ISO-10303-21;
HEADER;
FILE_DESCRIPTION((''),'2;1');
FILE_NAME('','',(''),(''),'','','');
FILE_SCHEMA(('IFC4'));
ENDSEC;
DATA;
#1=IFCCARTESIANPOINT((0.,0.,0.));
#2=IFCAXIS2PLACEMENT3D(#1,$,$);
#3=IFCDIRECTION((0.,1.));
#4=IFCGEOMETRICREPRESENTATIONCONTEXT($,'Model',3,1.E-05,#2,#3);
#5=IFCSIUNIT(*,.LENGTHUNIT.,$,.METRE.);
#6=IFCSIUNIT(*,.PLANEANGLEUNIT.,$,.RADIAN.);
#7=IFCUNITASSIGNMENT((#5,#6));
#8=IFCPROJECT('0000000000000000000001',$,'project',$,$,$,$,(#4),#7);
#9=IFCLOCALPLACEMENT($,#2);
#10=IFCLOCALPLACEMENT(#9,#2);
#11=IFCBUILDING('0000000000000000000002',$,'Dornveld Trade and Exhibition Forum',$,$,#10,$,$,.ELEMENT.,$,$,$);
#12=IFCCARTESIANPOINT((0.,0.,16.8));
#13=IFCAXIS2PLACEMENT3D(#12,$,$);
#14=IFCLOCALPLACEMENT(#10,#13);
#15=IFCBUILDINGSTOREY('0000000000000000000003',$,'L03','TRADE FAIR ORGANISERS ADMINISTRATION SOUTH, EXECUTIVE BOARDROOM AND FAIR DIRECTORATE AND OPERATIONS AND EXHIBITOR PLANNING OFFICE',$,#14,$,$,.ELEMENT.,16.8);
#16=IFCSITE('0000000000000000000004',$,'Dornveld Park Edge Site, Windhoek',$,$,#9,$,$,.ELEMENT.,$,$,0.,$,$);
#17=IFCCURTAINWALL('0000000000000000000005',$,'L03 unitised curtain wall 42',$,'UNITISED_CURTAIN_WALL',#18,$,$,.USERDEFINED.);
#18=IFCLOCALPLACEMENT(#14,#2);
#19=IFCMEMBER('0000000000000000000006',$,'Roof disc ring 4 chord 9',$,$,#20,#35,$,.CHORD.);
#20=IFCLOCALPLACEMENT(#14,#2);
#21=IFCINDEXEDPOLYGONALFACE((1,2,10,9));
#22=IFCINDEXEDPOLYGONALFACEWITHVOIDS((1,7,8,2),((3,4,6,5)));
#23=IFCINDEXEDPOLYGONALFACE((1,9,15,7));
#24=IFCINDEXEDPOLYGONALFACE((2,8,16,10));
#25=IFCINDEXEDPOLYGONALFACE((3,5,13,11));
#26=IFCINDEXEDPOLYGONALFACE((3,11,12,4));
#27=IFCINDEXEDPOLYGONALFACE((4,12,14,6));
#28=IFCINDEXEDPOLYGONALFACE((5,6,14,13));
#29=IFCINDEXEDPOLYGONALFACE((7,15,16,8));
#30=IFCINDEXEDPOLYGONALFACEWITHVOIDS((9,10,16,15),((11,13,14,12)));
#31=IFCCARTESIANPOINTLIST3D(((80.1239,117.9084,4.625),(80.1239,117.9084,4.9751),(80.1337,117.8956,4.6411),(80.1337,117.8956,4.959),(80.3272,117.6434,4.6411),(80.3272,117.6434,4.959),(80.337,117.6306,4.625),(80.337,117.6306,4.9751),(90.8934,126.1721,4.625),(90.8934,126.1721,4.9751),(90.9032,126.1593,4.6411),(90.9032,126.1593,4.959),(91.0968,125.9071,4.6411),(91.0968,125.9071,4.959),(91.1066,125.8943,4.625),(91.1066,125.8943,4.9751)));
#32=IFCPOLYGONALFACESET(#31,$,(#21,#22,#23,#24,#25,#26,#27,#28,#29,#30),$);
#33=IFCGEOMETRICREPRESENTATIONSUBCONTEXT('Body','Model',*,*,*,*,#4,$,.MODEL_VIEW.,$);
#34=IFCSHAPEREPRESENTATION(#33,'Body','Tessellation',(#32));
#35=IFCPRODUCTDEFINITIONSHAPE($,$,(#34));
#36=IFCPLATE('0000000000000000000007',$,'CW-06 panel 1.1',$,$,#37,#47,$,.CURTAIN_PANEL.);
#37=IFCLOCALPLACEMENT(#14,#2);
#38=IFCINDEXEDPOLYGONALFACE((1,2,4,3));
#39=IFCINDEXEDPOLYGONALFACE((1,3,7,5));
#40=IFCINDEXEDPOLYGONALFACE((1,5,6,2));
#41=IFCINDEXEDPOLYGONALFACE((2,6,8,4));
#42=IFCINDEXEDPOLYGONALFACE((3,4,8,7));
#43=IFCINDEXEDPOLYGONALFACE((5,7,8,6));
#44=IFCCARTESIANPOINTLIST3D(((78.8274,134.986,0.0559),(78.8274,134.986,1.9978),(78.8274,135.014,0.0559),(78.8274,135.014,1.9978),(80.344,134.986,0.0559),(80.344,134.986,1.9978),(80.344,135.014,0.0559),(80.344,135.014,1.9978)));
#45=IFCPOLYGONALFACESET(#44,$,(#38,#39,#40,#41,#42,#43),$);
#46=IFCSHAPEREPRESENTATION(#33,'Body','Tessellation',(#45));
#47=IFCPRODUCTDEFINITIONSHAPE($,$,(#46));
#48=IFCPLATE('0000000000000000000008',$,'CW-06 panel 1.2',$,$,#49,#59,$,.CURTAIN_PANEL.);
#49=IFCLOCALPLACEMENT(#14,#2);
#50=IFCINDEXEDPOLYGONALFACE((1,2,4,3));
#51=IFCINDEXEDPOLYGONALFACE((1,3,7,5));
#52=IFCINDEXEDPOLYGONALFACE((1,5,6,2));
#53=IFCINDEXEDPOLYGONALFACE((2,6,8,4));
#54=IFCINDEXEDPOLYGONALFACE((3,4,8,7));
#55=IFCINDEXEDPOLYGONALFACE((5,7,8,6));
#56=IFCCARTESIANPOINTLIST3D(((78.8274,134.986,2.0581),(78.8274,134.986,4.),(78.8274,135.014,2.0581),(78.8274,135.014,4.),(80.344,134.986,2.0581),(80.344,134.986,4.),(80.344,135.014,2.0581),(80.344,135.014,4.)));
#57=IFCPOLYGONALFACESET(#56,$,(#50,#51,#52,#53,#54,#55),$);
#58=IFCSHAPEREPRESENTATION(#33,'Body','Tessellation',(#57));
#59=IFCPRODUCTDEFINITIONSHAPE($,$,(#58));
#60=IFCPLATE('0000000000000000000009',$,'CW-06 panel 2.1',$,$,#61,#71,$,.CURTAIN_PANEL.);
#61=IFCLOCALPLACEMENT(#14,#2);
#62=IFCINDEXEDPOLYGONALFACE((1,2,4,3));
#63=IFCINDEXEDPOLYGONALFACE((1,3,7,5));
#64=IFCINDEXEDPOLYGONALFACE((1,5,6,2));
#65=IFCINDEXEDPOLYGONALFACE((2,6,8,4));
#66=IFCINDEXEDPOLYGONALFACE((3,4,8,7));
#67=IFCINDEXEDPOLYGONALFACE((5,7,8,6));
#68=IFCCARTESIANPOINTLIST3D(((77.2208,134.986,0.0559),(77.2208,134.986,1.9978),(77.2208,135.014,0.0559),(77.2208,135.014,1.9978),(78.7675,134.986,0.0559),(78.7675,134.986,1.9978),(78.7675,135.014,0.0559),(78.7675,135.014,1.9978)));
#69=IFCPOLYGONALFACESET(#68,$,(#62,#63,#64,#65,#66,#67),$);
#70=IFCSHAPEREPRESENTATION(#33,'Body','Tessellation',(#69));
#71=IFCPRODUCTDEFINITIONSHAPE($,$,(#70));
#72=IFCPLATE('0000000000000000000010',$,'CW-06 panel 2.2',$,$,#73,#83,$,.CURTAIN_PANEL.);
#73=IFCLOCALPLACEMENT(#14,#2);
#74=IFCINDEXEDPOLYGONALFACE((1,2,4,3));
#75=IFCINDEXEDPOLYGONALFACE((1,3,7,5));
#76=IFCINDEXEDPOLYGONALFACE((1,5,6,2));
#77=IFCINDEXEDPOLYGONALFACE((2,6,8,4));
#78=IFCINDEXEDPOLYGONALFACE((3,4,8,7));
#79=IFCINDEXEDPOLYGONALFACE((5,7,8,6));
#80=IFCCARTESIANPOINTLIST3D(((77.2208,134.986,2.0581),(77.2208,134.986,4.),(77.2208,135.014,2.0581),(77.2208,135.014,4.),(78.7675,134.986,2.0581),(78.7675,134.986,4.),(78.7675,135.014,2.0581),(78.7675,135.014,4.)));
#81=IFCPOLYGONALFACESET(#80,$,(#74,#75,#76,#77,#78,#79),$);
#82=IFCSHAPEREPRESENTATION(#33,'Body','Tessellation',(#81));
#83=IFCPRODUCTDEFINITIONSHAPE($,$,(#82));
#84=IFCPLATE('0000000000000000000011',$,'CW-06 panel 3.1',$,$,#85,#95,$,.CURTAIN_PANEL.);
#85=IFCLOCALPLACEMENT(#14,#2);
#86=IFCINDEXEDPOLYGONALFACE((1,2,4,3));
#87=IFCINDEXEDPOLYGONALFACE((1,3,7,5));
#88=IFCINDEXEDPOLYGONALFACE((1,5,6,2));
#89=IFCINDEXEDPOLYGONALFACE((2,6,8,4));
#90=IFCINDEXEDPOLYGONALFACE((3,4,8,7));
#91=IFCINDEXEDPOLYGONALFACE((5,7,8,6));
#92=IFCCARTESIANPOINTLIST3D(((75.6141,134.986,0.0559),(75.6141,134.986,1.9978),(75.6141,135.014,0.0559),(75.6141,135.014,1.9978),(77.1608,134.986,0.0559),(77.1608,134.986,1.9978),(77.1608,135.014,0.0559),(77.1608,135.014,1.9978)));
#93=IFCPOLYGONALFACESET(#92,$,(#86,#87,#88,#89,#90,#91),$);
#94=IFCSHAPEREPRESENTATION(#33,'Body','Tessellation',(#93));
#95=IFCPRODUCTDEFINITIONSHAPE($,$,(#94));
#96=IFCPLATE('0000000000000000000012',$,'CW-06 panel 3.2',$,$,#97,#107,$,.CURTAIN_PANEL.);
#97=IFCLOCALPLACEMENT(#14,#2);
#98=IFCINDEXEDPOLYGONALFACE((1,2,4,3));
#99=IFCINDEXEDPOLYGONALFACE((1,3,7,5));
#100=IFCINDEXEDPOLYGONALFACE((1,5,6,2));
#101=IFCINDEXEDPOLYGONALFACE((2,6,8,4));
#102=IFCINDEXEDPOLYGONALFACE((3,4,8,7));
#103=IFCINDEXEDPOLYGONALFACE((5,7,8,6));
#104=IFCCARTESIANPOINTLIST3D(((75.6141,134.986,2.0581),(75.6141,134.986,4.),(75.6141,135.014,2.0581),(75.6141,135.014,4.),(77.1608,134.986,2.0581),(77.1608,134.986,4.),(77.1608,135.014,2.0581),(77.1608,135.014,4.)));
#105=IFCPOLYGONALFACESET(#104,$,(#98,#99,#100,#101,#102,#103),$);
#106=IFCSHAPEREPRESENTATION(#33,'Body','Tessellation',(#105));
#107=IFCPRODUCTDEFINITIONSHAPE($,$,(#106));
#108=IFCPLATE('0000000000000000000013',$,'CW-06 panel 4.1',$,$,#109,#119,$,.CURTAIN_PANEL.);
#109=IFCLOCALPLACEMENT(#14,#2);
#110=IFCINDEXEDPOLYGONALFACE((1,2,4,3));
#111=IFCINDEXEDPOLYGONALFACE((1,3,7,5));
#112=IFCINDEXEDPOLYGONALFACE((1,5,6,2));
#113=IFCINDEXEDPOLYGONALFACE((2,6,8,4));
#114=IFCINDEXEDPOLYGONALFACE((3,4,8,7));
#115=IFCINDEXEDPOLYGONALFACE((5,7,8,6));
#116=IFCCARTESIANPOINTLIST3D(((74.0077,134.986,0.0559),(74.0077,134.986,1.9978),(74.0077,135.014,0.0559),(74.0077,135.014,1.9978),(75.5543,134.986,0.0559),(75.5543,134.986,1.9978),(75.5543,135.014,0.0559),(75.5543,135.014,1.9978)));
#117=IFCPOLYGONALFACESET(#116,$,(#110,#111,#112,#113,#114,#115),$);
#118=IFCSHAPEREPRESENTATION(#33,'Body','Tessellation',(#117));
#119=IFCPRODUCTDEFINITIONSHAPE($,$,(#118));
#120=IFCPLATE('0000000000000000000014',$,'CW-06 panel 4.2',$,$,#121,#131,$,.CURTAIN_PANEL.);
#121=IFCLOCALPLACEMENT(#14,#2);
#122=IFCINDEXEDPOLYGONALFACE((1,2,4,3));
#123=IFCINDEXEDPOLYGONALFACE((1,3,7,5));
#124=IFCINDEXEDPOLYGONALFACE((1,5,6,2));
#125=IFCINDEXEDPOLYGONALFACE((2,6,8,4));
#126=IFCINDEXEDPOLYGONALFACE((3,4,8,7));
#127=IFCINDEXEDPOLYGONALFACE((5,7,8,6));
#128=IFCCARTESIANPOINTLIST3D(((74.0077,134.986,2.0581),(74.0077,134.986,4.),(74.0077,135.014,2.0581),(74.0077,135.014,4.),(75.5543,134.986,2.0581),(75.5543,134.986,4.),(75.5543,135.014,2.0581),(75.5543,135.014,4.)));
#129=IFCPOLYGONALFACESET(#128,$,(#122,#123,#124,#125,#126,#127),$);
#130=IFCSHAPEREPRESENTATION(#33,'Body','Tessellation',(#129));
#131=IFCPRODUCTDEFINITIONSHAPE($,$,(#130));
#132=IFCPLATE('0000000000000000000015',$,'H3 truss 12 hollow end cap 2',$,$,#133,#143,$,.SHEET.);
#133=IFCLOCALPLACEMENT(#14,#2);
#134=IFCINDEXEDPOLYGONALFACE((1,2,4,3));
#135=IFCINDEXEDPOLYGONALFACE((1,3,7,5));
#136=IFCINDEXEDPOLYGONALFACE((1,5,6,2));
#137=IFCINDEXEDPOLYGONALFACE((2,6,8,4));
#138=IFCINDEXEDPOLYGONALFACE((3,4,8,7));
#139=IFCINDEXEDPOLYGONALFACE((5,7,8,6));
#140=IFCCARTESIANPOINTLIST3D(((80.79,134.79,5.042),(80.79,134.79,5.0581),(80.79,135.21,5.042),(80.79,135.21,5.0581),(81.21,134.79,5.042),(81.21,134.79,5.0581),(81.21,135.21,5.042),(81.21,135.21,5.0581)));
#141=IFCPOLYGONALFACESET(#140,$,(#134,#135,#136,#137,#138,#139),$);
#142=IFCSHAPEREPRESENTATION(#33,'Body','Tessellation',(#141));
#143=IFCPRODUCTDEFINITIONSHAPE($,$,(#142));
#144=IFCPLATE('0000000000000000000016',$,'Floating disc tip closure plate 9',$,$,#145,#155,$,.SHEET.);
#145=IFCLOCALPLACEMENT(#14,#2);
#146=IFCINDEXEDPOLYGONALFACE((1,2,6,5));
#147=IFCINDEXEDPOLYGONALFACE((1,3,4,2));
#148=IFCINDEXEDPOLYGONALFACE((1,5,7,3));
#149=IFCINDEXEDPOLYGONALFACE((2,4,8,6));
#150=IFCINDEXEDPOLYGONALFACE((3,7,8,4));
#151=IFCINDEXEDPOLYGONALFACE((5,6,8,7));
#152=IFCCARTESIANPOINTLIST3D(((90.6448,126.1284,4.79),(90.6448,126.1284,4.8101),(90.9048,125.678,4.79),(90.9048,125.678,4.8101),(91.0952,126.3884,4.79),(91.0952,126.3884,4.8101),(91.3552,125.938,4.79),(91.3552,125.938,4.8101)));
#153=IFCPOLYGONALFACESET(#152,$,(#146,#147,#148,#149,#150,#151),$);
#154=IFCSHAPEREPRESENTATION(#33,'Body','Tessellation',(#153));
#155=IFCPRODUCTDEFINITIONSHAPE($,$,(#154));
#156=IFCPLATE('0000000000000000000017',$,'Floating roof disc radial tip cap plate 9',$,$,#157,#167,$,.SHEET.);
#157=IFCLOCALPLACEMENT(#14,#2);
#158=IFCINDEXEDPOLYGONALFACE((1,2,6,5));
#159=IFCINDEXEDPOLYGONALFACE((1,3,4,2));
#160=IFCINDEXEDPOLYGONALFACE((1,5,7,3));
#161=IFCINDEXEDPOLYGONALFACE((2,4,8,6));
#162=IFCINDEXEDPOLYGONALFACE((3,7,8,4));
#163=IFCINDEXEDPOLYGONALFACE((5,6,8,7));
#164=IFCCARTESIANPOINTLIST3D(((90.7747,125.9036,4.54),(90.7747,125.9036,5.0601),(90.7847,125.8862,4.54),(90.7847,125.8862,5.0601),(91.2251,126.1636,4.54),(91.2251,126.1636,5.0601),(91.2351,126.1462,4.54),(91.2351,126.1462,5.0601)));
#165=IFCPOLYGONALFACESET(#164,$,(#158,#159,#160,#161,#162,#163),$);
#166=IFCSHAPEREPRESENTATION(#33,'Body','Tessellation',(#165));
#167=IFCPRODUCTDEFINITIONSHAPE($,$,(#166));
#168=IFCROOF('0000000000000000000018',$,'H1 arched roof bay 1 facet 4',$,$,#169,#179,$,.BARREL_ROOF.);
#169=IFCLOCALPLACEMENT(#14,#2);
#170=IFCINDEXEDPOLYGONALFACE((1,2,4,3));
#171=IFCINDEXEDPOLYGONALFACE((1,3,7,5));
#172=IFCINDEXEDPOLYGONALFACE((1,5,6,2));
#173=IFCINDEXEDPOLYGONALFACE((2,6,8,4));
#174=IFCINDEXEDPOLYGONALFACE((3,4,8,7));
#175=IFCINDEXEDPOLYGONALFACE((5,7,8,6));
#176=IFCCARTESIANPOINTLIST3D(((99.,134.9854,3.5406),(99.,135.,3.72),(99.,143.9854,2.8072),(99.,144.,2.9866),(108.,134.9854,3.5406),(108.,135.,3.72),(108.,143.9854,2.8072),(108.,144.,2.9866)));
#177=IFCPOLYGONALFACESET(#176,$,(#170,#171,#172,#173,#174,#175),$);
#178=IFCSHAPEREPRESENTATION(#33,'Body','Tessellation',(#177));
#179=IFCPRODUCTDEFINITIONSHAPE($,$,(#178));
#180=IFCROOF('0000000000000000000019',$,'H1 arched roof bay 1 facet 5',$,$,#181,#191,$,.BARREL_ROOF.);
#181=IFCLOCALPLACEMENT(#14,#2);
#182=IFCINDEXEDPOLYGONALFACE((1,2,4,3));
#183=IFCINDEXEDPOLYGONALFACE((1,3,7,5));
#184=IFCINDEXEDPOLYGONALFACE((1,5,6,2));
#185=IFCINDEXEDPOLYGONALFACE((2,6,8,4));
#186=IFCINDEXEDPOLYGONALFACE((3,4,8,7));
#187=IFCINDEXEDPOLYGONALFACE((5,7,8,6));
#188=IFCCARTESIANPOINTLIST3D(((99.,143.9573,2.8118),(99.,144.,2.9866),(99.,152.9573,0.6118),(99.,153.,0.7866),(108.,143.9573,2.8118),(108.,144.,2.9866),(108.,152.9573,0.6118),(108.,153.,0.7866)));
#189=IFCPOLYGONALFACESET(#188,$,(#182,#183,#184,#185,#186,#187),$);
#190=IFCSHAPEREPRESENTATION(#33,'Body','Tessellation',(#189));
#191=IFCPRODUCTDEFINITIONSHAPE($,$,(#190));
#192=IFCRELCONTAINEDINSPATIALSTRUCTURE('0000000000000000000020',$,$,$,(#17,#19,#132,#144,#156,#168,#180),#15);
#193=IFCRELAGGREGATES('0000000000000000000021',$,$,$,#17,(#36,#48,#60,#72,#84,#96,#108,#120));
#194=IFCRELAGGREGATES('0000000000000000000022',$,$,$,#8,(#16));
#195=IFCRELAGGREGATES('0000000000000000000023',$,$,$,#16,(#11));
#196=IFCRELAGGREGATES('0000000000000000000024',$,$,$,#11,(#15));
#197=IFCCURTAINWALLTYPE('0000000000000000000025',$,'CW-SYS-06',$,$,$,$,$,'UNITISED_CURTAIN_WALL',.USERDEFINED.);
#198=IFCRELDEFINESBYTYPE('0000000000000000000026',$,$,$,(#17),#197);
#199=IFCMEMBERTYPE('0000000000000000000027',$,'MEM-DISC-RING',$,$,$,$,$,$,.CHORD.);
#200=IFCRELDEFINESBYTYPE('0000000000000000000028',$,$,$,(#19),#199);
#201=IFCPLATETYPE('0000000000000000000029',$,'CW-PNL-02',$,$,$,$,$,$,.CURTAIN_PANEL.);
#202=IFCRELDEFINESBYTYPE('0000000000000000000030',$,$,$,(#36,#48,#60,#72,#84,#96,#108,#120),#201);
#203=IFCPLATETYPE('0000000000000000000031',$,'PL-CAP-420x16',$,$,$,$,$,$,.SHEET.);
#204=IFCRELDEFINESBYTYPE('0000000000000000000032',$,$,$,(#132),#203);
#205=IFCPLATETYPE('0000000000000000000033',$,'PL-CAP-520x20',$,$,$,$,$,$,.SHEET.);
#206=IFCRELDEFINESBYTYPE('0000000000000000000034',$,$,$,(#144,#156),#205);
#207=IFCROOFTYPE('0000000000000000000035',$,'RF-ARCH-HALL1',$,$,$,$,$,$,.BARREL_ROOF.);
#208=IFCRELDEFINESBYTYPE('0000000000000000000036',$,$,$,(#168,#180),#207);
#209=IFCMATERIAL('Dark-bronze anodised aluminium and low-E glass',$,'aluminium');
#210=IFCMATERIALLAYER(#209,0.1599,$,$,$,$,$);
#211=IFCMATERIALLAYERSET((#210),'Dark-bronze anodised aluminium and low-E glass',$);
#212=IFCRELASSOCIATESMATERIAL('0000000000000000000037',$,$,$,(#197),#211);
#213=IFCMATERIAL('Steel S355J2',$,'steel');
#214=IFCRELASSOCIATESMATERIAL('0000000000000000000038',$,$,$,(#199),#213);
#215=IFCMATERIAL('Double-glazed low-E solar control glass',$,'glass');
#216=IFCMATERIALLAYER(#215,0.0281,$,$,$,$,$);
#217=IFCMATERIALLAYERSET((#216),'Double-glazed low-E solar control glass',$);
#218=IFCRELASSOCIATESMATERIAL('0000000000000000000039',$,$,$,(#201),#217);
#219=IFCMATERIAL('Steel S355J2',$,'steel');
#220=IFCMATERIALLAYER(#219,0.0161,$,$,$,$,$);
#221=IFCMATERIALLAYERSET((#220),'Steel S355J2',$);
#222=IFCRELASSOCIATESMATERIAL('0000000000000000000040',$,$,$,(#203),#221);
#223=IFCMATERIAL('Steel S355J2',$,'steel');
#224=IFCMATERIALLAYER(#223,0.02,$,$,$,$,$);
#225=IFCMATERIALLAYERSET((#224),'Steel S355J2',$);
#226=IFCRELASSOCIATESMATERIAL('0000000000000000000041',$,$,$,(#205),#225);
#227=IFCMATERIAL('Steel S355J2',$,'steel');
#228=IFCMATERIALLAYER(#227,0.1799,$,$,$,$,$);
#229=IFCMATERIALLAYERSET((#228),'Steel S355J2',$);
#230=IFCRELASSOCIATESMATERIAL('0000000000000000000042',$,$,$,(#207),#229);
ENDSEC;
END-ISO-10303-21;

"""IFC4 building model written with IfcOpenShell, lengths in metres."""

from ifc_helpers import new_model, si_unit, direction, frame, origin, origin_2d, place, context, subcontext, project, spatial, polyline, rectangle, hollow_rectangle, outline, extrude, material, layer, layer_set, material_profile, profile_set, type_object, element, aggregate, save


model = new_model("IFC4")

# Units and contexts
model_context = context("Model", 3, precision=1e-05, world=origin(), true_north=direction((0.0, 1.0)))
body_context = subcontext(model_context, "Body", "Model", "MODEL_VIEW")
ifc_project = project(units=[si_unit("LENGTHUNIT", "METRE"), si_unit("PLANEANGLEUNIT", "RADIAN")], contexts=[model_context])

# Site, building, storey
site_placement = place(None, origin())
site = spatial("IfcSite", under=ifc_project, at=site_placement, Name="Dornveld Park Edge Site, Windhoek", CompositionType="ELEMENT", RefElevation=0.0)
building_placement = place(site_placement, origin())
building = spatial("IfcBuilding", under=site, at=building_placement, Name="Dornveld Trade and Exhibition Forum", CompositionType="ELEMENT")
storey_placement = place(building_placement, frame((0.0, 0.0, 16.8)))
storey = spatial("IfcBuildingStorey", under=building, at=storey_placement, Name="L03", Description="TRADE FAIR ORGANISERS ADMINISTRATION SOUTH, EXECUTIVE BOARDROOM AND FAIR DIRECTORATE AND OPERATIONS AND EXHIBITOR PLANNING OFFICE", CompositionType="ELEMENT", Elevation=16.8)

# Curtain wall
ifc_material_1 = material(Name="Dark-bronze anodised aluminium and low-E glass", Category="aluminium")
ifc_layer_1 = layer(ifc_material_1, 0.1599)
ifc_layer_set_1 = layer_set([ifc_layer_1], Name="Dark-bronze anodised aluminium and low-E glass")
curtain_wall_type = type_object("IfcCurtainWallType", Name="CW-SYS-06", ElementType="UNITISED_CURTAIN_WALL", PredefinedType="USERDEFINED", material=ifc_layer_set_1)
curtain_wall_placement = place(storey_placement, origin())
curtain_wall = element("IfcCurtainWall", 1, at=curtain_wall_placement, inside=storey, type_object=curtain_wall_type, Name="L03 unitised curtain wall 42", ObjectType="UNITISED_CURTAIN_WALL", PredefinedType="USERDEFINED")

# Member
ifc_material_2 = material(Name="Steel S355J2", Category="steel")
ifc_material_profile_1 = material_profile(ifc_material_2, hollow_rectangle(XDim=0.3501, YDim=0.3501, WallThickness=0.0161, at=origin_2d()), Name="SHS 350x350x16")
ifc_profile_set_1 = profile_set([ifc_material_profile_1], Name="Steel S355J2")
member_type_1 = type_object("IfcMemberType", Name="MEM-DISC-RING", PredefinedType="CHORD", material=ifc_profile_set_1)
member_1_placement = place(storey_placement, frame((91.0, 126.0332, 4.8), z_axis=(-0.793356, -0.608758, 0.0), x_axis=(0.608758, -0.793356, 0.0)))
element("IfcMember", 2, at=member_1_placement, inside=storey, type_object=member_type_1, Name="Roof disc ring 4 chord 9", PredefinedType="CHORD", context=body_context, shape_type="SweptSolid", body=[
    extrude(hollow_rectangle(XDim=0.3501, YDim=0.3501, WallThickness=0.0161, at=origin_2d()), origin(), (0.0, 0.0, 1.0), 13.5747),
])

# Plates
ifc_material_3 = material(Name="Double-glazed low-E solar control glass", Category="glass")
ifc_layer_2 = layer(ifc_material_3, 0.0281)
ifc_layer_set_2 = layer_set([ifc_layer_2], Name="Double-glazed low-E solar control glass")
plate_type_1 = type_object("IfcPlateType", Name="CW-PNL-02", PredefinedType="CURTAIN_PANEL", material=ifc_layer_set_2)
plate_1_placement = place(storey_placement, frame((79.5857, 135.0, 0.0559), z_axis=(0.0, 0.0, 1.0), x_axis=(-1.0, 0.0, 0.0)))
plate_1 = element("IfcPlate", 3, at=plate_1_placement, type_object=plate_type_1, Name="CW-06 panel 1.1", PredefinedType="CURTAIN_PANEL", context=body_context, shape_type="SweptSolid", body=[
    extrude(rectangle(XDim=1.5166, YDim=0.0281, at=origin_2d()), origin(), (0.0, 0.0, 1.0), 1.9419),
])
plate_2_placement = place(storey_placement, frame((79.5857, 135.0, 2.0581), z_axis=(0.0, 0.0, 1.0), x_axis=(-1.0, 0.0, 0.0)))
plate_2 = element("IfcPlate", 4, at=plate_2_placement, type_object=plate_type_1, Name="CW-06 panel 1.2", PredefinedType="CURTAIN_PANEL", context=body_context, shape_type="SweptSolid", body=[
    extrude(rectangle(XDim=1.5166, YDim=0.0281, at=origin_2d()), origin(), (0.0, 0.0, 1.0), 1.9419),
])
plate_3_placement = place(storey_placement, frame((77.9941, 135.0, 0.0559), z_axis=(0.0, 0.0, 1.0), x_axis=(-1.0, 0.0, 0.0)))
plate_3 = element("IfcPlate", 5, at=plate_3_placement, type_object=plate_type_1, Name="CW-06 panel 2.1", PredefinedType="CURTAIN_PANEL", context=body_context, shape_type="SweptSolid", body=[
    extrude(rectangle(XDim=1.5466, YDim=0.0281, at=origin_2d()), origin(), (0.0, 0.0, 1.0), 1.9419),
])
plate_4_placement = place(storey_placement, frame((77.9941, 135.0, 2.0581), z_axis=(0.0, 0.0, 1.0), x_axis=(-1.0, 0.0, 0.0)))
plate_4 = element("IfcPlate", 6, at=plate_4_placement, type_object=plate_type_1, Name="CW-06 panel 2.2", PredefinedType="CURTAIN_PANEL", context=body_context, shape_type="SweptSolid", body=[
    extrude(rectangle(XDim=1.5466, YDim=0.0281, at=origin_2d()), origin(), (0.0, 0.0, 1.0), 1.9419),
])
plate_5_placement = place(storey_placement, frame((76.3875, 135.0, 0.0559), z_axis=(0.0, 0.0, 1.0), x_axis=(-1.0, 0.0, 0.0)))
plate_5 = element("IfcPlate", 7, at=plate_5_placement, type_object=plate_type_1, Name="CW-06 panel 3.1", PredefinedType="CURTAIN_PANEL", context=body_context, shape_type="SweptSolid", body=[
    extrude(rectangle(XDim=1.5466, YDim=0.0281, at=origin_2d()), origin(), (0.0, 0.0, 1.0), 1.9419),
])
plate_6_placement = place(storey_placement, frame((76.3875, 135.0, 2.0581), z_axis=(0.0, 0.0, 1.0), x_axis=(-1.0, 0.0, 0.0)))
plate_6 = element("IfcPlate", 8, at=plate_6_placement, type_object=plate_type_1, Name="CW-06 panel 3.2", PredefinedType="CURTAIN_PANEL", context=body_context, shape_type="SweptSolid", body=[
    extrude(rectangle(XDim=1.5466, YDim=0.0281, at=origin_2d()), origin(), (0.0, 0.0, 1.0), 1.9419),
])
plate_7_placement = place(storey_placement, frame((74.781, 135.0, 0.0559), z_axis=(0.0, 0.0, 1.0), x_axis=(-1.0, 0.0, 0.0)))
plate_7 = element("IfcPlate", 9, at=plate_7_placement, type_object=plate_type_1, Name="CW-06 panel 4.1", PredefinedType="CURTAIN_PANEL", context=body_context, shape_type="SweptSolid", body=[
    extrude(rectangle(XDim=1.5466, YDim=0.0281, at=origin_2d()), origin(), (0.0, 0.0, 1.0), 1.9419),
])
plate_8_placement = place(storey_placement, frame((74.781, 135.0, 2.0581), z_axis=(0.0, 0.0, 1.0), x_axis=(-1.0, 0.0, 0.0)))
plate_8 = element("IfcPlate", 10, at=plate_8_placement, type_object=plate_type_1, Name="CW-06 panel 4.2", PredefinedType="CURTAIN_PANEL", context=body_context, shape_type="SweptSolid", body=[
    extrude(rectangle(XDim=1.5466, YDim=0.0281, at=origin_2d()), origin(), (0.0, 0.0, 1.0), 1.9419),
])
aggregate(curtain_wall, [plate_1, plate_2, plate_3, plate_4, plate_5, plate_6, plate_7, plate_8])

# Plates
ifc_material_4 = material(Name="Steel S355J2", Category="steel")
ifc_layer_3 = layer(ifc_material_4, 0.0161)
ifc_layer_set_3 = layer_set([ifc_layer_3], Name="Steel S355J2")
plate_type_2 = type_object("IfcPlateType", Name="PL-CAP-420x16", PredefinedType="SHEET", material=ifc_layer_set_3)
plate_9_placement = place(storey_placement, frame((81.0, 135.0, 5.042), z_axis=(0.0, 0.0, 1.0), x_axis=(1.0, 0.0, 0.0)))
element("IfcPlate", 11, at=plate_9_placement, inside=storey, type_object=plate_type_2, Name="H3 truss 12 hollow end cap 2", PredefinedType="SHEET", context=body_context, shape_type="SweptSolid", body=[
    extrude(rectangle(XDim=0.4199, YDim=0.4199, at=origin_2d()), origin(), (0.0, 0.0, 1.0), 0.0161),
])
ifc_material_5 = material(Name="Steel S355J2", Category="steel")
ifc_layer_4 = layer(ifc_material_5, 0.02)
ifc_layer_set_4 = layer_set([ifc_layer_4], Name="Steel S355J2")
plate_type_3 = type_object("IfcPlateType", Name="PL-CAP-520x20", PredefinedType="SHEET", material=ifc_layer_set_4)
plate_10_placement = place(storey_placement, frame((91.0, 126.0332, 4.79), z_axis=(0.0, 0.0, 1.0), x_axis=(-0.5, 0.866025, 0.0)))
element("IfcPlate", 12, at=plate_10_placement, inside=storey, type_object=plate_type_3, Name="Floating disc tip closure plate 9", PredefinedType="SHEET", context=body_context, shape_type="SweptSolid", body=[
    extrude(rectangle(XDim=0.52, YDim=0.52, at=origin_2d()), origin(), (0.0, 0.0, 1.0), 0.02),
])
plate_11_placement = place(storey_placement, frame((91.0049, 126.0249, 4.54), z_axis=(0.0, 0.0, 1.0), x_axis=(-0.5, 0.866025, 0.0)))
element("IfcPlate", 13, at=plate_11_placement, inside=storey, type_object=plate_type_3, Name="Floating roof disc radial tip cap plate 9", PredefinedType="SHEET", context=body_context, shape_type="SweptSolid", body=[
    extrude(rectangle(XDim=0.02, YDim=0.52, at=origin_2d()), origin(), (0.0, 0.0, 1.0), 0.52),
])

# Roofs
ifc_material_6 = material(Name="Steel S355J2", Category="steel")
ifc_layer_5 = layer(ifc_material_6, 0.1799)
ifc_layer_set_5 = layer_set([ifc_layer_5], Name="Steel S355J2")
roof_type = type_object("IfcRoofType", Name="RF-ARCH-HALL1", PredefinedType="BARREL_ROOF", material=ifc_layer_set_5)
roof_1_placement = place(storey_placement, frame((99.0, 135.0, 3.72), z_axis=(0.0, 0.081219, 0.996696), x_axis=(1.0, 0.0, 0.0)))
element("IfcRoof", 14, at=roof_1_placement, inside=storey, type_object=roof_type, Name="H1 arched roof bay 1 facet 4", PredefinedType="BARREL_ROOF", context=body_context, shape_type="SweptSolid", body=[
    extrude(outline(polyline([(0.0, 0.0), (9.0, 0.0), (9.0, 9.0298), (0.0, 9.0298), (0.0, 0.0)])), origin(), (0.0, 0.0, -1.0), 0.1799),
])
roof_2_placement = place(storey_placement, frame((99.0, 144.0, 2.9866), z_axis=(0.0, 0.237448, 0.9714), x_axis=(1.0, 0.0, 0.0)))
element("IfcRoof", 15, at=roof_2_placement, inside=storey, type_object=roof_type, Name="H1 arched roof bay 1 facet 5", PredefinedType="BARREL_ROOF", context=body_context, shape_type="SweptSolid", body=[
    extrude(outline(polyline([(0.0, 0.0), (9.0, 0.0), (9.0, 9.265), (0.0, 9.265), (0.0, 0.0)])), origin(), (0.0, 0.0, -1.0), 0.1799),
])

save(model, "model.ifc")
